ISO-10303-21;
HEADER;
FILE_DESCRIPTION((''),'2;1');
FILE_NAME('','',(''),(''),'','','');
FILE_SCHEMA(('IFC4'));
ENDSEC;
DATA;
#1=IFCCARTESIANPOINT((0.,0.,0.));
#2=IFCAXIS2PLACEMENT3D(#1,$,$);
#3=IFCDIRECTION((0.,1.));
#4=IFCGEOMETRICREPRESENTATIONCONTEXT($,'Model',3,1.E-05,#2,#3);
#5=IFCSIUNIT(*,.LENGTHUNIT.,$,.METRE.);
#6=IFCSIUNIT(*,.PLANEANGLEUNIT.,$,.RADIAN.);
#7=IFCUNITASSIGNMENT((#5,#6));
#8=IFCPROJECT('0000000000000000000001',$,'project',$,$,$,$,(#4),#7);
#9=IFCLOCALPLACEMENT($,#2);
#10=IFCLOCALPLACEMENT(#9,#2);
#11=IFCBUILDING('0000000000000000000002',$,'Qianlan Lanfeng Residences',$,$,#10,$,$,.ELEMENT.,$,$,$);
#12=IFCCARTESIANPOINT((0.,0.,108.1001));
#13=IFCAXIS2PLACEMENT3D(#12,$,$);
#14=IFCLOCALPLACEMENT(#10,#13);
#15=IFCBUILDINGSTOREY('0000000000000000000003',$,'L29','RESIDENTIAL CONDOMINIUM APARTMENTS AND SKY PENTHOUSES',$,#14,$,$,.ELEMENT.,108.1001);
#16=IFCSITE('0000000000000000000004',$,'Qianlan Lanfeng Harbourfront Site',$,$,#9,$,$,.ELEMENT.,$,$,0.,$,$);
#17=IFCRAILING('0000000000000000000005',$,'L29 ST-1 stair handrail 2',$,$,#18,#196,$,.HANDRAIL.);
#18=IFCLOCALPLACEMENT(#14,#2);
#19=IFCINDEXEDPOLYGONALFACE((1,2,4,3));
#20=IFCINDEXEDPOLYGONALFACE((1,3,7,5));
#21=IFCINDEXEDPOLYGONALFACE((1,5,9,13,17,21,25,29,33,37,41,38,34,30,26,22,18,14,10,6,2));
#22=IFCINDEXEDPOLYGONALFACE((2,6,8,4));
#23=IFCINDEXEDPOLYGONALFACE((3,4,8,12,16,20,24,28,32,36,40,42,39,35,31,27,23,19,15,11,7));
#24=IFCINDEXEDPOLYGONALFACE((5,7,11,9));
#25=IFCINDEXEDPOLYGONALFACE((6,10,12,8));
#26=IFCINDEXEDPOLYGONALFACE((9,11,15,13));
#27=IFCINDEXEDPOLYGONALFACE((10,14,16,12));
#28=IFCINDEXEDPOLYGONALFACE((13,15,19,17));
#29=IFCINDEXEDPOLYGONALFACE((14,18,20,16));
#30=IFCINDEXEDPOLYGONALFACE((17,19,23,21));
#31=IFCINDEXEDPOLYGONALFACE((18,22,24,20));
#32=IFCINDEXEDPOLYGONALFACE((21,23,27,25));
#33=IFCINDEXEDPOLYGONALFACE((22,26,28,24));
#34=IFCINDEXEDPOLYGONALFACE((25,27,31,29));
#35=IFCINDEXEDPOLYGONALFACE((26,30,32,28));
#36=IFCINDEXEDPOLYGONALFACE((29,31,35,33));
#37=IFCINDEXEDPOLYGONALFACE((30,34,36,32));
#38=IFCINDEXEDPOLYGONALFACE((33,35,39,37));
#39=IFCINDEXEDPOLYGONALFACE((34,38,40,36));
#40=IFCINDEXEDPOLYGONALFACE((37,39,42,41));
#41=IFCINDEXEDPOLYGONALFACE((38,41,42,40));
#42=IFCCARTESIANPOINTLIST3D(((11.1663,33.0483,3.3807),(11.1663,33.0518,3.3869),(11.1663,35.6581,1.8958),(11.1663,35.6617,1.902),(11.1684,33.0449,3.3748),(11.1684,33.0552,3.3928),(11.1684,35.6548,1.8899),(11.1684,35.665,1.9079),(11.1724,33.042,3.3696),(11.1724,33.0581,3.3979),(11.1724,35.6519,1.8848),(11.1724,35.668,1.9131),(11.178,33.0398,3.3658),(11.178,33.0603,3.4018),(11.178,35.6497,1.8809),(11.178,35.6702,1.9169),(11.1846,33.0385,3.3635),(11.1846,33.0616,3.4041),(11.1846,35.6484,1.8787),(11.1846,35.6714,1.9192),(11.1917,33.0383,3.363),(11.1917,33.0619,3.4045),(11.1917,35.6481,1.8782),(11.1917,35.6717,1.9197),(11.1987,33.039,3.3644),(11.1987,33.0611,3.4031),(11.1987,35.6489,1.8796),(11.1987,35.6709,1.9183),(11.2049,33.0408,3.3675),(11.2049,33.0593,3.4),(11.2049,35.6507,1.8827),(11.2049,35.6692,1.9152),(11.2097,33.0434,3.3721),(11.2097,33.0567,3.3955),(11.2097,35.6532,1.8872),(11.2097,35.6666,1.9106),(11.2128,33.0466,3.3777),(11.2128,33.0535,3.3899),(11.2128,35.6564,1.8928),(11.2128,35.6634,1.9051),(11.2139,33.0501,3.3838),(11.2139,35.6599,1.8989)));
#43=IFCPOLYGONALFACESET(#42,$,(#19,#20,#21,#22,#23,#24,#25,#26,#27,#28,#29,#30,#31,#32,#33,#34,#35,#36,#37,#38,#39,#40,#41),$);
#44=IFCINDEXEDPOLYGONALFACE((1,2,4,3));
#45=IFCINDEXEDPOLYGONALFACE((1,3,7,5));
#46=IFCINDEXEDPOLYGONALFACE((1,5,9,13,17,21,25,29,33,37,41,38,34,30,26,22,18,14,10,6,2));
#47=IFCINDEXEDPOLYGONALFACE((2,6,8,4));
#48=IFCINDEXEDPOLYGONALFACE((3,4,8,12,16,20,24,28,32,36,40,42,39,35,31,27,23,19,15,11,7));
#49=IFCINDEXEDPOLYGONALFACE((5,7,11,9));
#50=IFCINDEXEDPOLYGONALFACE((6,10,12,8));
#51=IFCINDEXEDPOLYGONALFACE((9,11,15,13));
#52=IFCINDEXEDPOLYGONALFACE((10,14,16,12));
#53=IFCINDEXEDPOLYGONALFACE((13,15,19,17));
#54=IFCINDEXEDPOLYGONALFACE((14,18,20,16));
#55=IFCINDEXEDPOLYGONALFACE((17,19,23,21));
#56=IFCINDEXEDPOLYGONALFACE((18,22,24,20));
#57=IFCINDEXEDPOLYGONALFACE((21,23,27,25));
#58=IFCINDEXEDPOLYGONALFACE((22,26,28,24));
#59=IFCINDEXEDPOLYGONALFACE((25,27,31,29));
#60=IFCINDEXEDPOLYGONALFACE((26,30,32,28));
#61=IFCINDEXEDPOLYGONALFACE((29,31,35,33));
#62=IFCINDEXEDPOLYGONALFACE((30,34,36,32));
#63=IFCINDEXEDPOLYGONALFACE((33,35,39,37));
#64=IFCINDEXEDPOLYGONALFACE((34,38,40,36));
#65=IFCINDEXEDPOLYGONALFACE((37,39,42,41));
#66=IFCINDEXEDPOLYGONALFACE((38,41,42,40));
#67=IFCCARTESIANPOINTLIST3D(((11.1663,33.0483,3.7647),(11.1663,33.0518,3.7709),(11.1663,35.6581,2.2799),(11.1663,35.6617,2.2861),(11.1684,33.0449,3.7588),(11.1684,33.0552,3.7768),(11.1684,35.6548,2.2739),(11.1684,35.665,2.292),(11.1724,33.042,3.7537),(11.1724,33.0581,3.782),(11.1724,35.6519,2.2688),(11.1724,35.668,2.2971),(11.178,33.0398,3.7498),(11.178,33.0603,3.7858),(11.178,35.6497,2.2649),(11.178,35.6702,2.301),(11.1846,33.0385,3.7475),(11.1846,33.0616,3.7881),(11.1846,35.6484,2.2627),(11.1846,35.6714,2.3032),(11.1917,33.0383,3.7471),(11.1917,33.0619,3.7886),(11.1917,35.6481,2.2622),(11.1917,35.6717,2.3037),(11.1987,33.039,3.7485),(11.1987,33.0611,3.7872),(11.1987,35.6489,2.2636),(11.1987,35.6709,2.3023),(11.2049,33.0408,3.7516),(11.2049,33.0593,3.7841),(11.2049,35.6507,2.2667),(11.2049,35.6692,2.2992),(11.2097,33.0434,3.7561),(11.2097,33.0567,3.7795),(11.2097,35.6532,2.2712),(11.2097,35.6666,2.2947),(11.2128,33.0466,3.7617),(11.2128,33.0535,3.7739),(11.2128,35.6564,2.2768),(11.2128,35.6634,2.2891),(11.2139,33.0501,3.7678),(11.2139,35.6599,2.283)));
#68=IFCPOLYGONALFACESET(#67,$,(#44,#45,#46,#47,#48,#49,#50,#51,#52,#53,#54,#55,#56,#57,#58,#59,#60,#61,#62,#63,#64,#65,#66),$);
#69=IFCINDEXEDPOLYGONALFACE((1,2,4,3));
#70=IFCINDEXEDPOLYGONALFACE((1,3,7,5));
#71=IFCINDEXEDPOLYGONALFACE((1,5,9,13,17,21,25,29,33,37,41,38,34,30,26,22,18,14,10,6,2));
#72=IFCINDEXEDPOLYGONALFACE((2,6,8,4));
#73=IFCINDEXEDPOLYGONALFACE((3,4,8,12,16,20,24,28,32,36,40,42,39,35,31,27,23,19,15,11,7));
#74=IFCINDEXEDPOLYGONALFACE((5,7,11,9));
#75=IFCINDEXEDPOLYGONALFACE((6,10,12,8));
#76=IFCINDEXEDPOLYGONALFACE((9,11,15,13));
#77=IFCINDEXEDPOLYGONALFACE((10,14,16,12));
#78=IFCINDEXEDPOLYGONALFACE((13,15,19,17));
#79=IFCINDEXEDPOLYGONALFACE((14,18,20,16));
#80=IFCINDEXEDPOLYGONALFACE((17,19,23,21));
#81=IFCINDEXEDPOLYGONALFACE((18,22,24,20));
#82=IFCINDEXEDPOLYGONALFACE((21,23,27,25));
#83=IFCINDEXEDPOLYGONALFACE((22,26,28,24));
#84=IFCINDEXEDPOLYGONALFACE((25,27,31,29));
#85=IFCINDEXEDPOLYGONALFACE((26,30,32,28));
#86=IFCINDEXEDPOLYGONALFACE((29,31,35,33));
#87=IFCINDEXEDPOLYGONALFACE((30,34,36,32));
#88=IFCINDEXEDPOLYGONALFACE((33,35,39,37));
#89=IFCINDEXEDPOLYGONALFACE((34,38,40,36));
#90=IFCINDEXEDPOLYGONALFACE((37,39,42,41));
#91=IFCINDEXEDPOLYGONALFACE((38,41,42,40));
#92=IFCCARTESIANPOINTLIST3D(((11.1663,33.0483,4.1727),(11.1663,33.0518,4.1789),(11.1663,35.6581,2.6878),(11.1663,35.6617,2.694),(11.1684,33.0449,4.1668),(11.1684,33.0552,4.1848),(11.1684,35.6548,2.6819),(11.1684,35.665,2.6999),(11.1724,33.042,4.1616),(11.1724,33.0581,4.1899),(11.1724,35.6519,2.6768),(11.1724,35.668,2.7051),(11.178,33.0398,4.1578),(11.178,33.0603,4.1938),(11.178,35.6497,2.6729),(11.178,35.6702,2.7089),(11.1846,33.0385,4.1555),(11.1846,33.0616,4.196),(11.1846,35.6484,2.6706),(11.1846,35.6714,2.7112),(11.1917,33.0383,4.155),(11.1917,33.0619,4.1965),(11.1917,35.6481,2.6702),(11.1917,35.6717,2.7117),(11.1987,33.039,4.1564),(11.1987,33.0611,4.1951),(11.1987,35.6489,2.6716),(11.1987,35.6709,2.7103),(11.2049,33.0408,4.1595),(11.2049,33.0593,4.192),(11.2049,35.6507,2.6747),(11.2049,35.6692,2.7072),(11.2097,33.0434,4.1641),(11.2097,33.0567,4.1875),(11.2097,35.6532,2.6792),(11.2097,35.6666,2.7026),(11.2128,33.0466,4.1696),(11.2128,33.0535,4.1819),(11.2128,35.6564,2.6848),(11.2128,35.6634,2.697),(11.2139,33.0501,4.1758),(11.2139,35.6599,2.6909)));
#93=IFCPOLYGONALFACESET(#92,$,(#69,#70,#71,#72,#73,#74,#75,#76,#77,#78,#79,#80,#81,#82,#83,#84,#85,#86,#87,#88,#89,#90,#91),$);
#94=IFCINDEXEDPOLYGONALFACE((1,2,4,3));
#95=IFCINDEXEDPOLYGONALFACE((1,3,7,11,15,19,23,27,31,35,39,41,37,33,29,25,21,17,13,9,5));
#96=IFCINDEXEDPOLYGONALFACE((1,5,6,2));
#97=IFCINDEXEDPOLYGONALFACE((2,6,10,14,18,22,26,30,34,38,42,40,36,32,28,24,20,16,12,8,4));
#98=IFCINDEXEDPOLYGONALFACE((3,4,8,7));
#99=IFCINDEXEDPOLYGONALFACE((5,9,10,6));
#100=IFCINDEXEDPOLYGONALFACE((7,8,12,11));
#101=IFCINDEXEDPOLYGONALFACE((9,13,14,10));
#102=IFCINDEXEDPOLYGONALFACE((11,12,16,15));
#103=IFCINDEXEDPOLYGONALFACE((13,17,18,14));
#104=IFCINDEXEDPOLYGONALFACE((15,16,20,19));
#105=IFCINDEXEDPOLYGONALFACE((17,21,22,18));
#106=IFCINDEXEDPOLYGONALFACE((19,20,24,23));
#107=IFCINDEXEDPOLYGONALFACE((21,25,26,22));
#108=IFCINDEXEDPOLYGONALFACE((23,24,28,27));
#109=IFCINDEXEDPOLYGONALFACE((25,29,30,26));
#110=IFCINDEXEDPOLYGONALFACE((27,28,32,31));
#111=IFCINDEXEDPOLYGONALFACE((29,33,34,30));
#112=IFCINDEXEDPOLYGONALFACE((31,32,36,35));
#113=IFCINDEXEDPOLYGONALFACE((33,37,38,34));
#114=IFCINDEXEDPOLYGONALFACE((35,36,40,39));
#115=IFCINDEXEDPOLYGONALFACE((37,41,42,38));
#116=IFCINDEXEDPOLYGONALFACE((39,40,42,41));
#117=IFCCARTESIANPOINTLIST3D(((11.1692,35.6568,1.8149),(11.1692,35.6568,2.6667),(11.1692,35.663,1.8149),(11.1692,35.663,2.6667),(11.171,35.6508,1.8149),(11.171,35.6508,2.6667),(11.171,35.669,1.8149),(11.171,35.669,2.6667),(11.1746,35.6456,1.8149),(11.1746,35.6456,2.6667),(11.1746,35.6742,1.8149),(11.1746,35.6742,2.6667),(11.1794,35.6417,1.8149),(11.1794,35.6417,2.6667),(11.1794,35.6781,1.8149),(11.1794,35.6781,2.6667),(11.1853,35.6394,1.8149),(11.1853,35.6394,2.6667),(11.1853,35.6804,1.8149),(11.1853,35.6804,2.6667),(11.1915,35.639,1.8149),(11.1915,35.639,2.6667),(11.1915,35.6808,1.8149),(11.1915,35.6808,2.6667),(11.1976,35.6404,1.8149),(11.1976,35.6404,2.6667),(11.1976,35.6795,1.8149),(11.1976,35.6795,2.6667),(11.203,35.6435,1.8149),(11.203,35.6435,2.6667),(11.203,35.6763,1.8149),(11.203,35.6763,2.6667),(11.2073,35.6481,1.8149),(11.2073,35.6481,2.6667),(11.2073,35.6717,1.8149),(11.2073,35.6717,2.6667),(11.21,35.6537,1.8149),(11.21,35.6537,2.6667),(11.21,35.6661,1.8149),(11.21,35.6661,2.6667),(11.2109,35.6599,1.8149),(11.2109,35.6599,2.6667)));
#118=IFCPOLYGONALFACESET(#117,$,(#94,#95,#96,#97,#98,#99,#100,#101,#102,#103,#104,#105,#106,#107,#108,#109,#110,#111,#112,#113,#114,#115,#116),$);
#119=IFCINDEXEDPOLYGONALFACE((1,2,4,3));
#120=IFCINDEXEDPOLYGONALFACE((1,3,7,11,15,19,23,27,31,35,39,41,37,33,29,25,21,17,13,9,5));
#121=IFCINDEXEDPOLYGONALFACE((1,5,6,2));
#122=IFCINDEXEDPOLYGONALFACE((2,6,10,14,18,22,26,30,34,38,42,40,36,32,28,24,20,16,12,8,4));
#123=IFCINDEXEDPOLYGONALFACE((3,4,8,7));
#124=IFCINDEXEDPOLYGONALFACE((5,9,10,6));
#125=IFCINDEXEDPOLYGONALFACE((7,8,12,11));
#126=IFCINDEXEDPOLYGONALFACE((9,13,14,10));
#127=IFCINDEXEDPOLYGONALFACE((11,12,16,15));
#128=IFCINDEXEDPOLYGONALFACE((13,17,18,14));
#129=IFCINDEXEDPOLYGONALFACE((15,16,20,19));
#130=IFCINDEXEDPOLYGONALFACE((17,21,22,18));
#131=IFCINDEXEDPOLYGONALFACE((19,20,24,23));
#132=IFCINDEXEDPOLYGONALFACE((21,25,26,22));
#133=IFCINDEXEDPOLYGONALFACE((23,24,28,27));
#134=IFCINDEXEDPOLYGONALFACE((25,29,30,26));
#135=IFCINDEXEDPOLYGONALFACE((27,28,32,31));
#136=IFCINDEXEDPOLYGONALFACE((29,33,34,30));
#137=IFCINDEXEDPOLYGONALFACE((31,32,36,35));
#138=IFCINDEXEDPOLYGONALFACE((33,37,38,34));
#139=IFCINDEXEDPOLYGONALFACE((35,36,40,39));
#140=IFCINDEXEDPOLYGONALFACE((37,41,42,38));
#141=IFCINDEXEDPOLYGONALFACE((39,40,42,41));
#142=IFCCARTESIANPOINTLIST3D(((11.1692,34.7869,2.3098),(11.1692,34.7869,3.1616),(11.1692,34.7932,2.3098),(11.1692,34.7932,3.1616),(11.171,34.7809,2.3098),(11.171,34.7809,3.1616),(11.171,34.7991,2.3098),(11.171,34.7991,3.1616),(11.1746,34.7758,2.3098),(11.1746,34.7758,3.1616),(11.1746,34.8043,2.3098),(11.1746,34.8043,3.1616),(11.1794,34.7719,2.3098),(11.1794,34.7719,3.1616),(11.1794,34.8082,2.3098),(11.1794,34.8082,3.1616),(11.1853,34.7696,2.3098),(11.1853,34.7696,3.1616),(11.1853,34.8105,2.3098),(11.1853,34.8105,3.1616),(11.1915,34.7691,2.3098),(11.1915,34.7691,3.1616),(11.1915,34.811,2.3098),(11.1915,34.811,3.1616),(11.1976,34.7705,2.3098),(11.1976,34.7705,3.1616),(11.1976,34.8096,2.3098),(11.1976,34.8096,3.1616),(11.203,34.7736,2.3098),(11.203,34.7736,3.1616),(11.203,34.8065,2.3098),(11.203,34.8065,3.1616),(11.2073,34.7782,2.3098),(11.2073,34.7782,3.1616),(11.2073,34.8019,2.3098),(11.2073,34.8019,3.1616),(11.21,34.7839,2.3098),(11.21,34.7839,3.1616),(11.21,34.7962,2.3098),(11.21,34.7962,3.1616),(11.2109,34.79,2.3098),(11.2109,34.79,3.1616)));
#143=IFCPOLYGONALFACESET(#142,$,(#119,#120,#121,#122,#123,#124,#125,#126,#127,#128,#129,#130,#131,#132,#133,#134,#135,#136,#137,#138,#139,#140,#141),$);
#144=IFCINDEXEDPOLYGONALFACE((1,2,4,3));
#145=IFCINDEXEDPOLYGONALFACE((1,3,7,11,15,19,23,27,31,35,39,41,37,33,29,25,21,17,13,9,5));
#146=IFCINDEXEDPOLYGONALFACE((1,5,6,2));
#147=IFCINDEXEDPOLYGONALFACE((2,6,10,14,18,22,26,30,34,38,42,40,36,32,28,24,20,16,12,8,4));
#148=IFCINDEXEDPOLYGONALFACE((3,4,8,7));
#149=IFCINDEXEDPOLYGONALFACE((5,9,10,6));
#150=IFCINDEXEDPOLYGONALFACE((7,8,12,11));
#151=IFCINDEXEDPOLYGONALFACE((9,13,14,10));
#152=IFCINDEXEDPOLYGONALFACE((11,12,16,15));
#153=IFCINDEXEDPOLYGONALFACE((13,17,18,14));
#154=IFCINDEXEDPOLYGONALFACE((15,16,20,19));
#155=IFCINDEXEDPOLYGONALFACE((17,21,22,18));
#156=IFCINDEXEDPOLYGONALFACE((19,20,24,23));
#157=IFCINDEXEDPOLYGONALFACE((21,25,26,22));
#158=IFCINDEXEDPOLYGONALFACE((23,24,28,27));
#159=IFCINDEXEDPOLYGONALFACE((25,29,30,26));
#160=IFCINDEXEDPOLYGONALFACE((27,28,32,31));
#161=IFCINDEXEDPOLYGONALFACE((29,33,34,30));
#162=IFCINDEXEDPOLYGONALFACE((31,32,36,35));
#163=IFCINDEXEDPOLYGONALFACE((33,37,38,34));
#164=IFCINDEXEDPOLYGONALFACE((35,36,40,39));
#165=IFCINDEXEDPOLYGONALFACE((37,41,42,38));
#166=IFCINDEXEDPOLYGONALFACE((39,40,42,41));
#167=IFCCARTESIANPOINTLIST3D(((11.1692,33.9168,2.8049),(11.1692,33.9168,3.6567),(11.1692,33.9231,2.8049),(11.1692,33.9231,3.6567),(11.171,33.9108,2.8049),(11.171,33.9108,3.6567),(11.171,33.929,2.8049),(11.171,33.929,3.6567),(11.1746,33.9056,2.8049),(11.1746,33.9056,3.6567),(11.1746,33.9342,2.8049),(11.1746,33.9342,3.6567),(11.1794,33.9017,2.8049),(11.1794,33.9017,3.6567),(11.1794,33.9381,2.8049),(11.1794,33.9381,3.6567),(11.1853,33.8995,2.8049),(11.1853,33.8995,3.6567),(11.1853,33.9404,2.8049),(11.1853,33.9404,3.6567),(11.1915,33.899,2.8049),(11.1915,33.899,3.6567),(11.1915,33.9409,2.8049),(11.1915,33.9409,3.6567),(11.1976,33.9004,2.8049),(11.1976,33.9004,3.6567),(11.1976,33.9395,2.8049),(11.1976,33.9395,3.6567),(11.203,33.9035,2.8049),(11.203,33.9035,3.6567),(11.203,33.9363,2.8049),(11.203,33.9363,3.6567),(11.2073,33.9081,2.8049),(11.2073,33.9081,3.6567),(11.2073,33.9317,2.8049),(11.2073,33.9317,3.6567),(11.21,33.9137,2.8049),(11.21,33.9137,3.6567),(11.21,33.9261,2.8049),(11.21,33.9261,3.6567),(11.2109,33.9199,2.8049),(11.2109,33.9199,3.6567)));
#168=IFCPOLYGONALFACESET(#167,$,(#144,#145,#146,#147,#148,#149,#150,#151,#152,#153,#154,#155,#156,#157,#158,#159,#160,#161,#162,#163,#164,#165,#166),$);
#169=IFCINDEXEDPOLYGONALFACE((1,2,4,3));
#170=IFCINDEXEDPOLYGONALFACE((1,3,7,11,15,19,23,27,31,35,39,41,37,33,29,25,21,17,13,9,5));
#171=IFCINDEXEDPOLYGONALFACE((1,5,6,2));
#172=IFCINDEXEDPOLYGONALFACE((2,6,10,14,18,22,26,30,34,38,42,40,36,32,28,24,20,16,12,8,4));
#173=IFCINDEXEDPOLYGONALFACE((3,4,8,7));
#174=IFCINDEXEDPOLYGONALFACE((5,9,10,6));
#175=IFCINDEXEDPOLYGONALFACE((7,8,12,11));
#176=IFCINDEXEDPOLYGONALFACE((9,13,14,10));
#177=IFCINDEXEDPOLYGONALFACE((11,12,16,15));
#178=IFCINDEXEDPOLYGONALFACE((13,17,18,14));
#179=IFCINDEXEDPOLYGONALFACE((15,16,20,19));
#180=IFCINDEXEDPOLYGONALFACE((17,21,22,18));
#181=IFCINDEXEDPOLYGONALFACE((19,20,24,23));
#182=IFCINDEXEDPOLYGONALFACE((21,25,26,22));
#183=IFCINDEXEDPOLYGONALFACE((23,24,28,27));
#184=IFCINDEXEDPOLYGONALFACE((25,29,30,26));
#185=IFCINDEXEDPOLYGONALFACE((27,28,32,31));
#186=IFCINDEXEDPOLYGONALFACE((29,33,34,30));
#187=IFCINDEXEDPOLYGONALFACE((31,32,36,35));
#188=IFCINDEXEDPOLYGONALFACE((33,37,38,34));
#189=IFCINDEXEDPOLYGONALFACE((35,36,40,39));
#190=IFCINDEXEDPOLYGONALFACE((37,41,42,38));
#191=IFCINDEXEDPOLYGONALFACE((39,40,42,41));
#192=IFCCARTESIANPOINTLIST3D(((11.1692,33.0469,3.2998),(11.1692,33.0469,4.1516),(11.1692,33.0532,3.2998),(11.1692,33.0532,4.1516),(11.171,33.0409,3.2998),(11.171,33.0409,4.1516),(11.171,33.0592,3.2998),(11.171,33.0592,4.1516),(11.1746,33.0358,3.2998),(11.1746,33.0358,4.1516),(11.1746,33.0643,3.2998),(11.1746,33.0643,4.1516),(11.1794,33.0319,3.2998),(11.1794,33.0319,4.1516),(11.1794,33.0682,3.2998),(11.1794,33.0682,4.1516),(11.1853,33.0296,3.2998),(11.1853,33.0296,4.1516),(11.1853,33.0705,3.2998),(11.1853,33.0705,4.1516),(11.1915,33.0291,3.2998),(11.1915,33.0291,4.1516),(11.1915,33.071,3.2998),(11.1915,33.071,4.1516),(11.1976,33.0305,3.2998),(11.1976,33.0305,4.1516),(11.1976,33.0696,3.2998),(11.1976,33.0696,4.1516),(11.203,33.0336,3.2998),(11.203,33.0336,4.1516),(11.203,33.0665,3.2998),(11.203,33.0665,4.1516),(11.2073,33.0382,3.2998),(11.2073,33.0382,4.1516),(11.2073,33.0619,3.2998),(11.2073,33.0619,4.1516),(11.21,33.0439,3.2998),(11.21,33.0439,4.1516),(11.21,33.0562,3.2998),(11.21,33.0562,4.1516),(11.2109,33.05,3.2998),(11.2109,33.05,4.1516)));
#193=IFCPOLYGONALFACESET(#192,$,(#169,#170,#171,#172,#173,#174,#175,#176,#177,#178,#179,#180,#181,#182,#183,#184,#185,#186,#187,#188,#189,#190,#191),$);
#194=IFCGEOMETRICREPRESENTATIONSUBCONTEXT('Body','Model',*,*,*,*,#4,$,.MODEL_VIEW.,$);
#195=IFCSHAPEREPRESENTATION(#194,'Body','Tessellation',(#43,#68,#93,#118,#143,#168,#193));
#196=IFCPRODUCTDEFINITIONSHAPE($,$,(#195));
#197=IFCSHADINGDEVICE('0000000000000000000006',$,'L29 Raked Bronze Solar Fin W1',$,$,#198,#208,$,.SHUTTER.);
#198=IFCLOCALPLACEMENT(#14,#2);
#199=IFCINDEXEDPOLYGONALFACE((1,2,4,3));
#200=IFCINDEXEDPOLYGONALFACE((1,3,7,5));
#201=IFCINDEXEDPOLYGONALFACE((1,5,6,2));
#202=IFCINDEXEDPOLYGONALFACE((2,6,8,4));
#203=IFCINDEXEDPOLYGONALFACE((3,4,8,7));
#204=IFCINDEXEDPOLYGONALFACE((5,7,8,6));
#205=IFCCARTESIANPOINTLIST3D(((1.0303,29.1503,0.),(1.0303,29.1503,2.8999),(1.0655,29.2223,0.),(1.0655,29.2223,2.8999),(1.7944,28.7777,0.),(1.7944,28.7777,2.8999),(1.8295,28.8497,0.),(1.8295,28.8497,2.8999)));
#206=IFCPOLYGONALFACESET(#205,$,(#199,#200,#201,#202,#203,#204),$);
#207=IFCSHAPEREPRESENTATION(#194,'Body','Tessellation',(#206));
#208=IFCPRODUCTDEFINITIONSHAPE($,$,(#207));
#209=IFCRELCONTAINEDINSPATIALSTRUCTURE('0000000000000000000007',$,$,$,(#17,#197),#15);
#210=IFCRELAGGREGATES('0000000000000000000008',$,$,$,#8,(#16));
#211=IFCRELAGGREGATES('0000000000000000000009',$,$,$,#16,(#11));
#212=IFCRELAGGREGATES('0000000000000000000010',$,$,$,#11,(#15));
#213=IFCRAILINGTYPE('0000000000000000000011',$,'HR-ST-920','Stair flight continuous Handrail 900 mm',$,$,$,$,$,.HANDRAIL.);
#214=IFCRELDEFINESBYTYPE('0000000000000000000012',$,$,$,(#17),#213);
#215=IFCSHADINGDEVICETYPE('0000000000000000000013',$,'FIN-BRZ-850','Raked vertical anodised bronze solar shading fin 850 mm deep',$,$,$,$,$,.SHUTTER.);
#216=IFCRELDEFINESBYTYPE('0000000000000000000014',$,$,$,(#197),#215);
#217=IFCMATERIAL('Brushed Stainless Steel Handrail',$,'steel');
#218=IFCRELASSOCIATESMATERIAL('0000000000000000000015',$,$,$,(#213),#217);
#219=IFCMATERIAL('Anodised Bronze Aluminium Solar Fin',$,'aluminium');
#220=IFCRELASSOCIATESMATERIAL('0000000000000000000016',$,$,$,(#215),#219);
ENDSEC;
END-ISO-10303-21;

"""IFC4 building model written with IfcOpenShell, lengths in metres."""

from ifc_helpers import new_model, si_unit, direction, frame, origin, origin_2d, place, context, subcontext, project, spatial, rectangle, circle, extrude, source, transform, mapped, material, type_object, element, save


model = new_model("IFC4")

# Units and contexts
model_context = context("Model", 3, precision=1e-05, world=origin(), true_north=direction((0.0, 1.0)))
body_context = subcontext(model_context, "Body", "Model", "MODEL_VIEW")
ifc_project = project(units=[si_unit("LENGTHUNIT", "METRE"), si_unit("PLANEANGLEUNIT", "RADIAN")], contexts=[model_context])

# Site, building, storey
site_placement = place(None, origin())
site = spatial("IfcSite", under=ifc_project, at=site_placement, Name="Qianlan Lanfeng Harbourfront Site", CompositionType="ELEMENT", RefElevation=0.0)
building_placement = place(site_placement, origin())
building = spatial("IfcBuilding", under=site, at=building_placement, Name="Qianlan Lanfeng Residences", CompositionType="ELEMENT")
storey_placement = place(building_placement, frame((0.0, 0.0, 108.1001)))
storey = spatial("IfcBuildingStorey", under=building, at=storey_placement, Name="L29", Description="RESIDENTIAL CONDOMINIUM APARTMENTS AND SKY PENTHOUSES", CompositionType="ELEMENT", Elevation=108.1001)

# Railing
ifc_material_1 = material(Name="Brushed Stainless Steel Handrail", Category="steel")
railing_type = type_object("IfcRailingType", Name="HR-ST-920", Description="Stair flight continuous Handrail 900 mm", PredefinedType="HANDRAIL", material=ifc_material_1)
railing_placement = place(storey_placement, frame((11.1899, 35.6599, 1.8149)))
element("IfcRailing", 1, at=railing_placement, inside=storey, type_object=railing_type, Name="L29 ST-1 stair handrail 2", PredefinedType="HANDRAIL", context=body_context, shape_type="SweptSolid", body=[
    extrude(circle(Radius=0.0239, at=origin_2d()), frame((0.0, 0.0, 0.084), z_axis=(0.0, -0.869172, 0.494509), x_axis=(1.0, 0.0, 0.0)), (0.0, 0.0, 1.0), 3.0027),
    extrude(circle(Radius=0.0239, at=origin_2d()), frame((0.0, 0.0, 0.468), z_axis=(0.0, -0.869172, 0.494509), x_axis=(1.0, 0.0, 0.0)), (0.0, 0.0, 1.0), 3.0027),
    extrude(circle(Radius=0.0239, at=origin_2d()), frame((0.0, 0.0, 0.876), z_axis=(0.0, -0.869172, 0.494509), x_axis=(1.0, 0.0, 0.0)), (0.0, 0.0, 1.0), 3.0027),
    extrude(circle(Radius=0.021, at=origin_2d()), origin(), (0.0, 0.0, 1.0), 0.8518),
    extrude(circle(Radius=0.021, at=origin_2d()), frame((0.0, -0.8699, 0.4949)), (0.0, 0.0, 1.0), 0.8518),
    extrude(circle(Radius=0.021, at=origin_2d()), frame((0.0, -1.74, 0.99)), (0.0, 0.0, 1.0), 0.8518),
    extrude(circle(Radius=0.021, at=origin_2d()), frame((0.0, -2.6099, 1.4849)), (0.0, 0.0, 1.0), 0.8518),
])

# Shading device
ifc_material_2 = material(Name="Anodised Bronze Aluminium Solar Fin", Category="aluminium")
shading_device_type = type_object("IfcShadingDeviceType", Name="FIN-BRZ-850", Description="Raked vertical anodised bronze solar shading fin 850 mm deep", PredefinedType="SHUTTER", material=ifc_material_2)
shared_shape_1 = source(origin(), body_context, "Body", "SweptSolid", [
    extrude(rectangle(XDim=0.8501, YDim=0.0801, at=origin_2d()), origin(), (0.0, 0.0, 1.0), 2.8999),
])
for number, where, z_axis, x_axis, name in (
    (2, (1.4299, 29.0, 0.0), (0.0, 0.0, 1.0), (0.898794, -0.438371, 0.0), "L29 Raked Bronze Solar Fin W1"),
):
    element("IfcShadingDevice", number, at=place(storey_placement, frame(where, z_axis=z_axis, x_axis=x_axis)), inside=storey, type_object=shading_device_type, Name=name, PredefinedType="SHUTTER", context=body_context, shape_type="MappedRepresentation", body=[
        mapped(shared_shape_1, transform((0.0, 0.0, 0.0), scale=1.0)),
    ])

save(model, "model.ifc")
